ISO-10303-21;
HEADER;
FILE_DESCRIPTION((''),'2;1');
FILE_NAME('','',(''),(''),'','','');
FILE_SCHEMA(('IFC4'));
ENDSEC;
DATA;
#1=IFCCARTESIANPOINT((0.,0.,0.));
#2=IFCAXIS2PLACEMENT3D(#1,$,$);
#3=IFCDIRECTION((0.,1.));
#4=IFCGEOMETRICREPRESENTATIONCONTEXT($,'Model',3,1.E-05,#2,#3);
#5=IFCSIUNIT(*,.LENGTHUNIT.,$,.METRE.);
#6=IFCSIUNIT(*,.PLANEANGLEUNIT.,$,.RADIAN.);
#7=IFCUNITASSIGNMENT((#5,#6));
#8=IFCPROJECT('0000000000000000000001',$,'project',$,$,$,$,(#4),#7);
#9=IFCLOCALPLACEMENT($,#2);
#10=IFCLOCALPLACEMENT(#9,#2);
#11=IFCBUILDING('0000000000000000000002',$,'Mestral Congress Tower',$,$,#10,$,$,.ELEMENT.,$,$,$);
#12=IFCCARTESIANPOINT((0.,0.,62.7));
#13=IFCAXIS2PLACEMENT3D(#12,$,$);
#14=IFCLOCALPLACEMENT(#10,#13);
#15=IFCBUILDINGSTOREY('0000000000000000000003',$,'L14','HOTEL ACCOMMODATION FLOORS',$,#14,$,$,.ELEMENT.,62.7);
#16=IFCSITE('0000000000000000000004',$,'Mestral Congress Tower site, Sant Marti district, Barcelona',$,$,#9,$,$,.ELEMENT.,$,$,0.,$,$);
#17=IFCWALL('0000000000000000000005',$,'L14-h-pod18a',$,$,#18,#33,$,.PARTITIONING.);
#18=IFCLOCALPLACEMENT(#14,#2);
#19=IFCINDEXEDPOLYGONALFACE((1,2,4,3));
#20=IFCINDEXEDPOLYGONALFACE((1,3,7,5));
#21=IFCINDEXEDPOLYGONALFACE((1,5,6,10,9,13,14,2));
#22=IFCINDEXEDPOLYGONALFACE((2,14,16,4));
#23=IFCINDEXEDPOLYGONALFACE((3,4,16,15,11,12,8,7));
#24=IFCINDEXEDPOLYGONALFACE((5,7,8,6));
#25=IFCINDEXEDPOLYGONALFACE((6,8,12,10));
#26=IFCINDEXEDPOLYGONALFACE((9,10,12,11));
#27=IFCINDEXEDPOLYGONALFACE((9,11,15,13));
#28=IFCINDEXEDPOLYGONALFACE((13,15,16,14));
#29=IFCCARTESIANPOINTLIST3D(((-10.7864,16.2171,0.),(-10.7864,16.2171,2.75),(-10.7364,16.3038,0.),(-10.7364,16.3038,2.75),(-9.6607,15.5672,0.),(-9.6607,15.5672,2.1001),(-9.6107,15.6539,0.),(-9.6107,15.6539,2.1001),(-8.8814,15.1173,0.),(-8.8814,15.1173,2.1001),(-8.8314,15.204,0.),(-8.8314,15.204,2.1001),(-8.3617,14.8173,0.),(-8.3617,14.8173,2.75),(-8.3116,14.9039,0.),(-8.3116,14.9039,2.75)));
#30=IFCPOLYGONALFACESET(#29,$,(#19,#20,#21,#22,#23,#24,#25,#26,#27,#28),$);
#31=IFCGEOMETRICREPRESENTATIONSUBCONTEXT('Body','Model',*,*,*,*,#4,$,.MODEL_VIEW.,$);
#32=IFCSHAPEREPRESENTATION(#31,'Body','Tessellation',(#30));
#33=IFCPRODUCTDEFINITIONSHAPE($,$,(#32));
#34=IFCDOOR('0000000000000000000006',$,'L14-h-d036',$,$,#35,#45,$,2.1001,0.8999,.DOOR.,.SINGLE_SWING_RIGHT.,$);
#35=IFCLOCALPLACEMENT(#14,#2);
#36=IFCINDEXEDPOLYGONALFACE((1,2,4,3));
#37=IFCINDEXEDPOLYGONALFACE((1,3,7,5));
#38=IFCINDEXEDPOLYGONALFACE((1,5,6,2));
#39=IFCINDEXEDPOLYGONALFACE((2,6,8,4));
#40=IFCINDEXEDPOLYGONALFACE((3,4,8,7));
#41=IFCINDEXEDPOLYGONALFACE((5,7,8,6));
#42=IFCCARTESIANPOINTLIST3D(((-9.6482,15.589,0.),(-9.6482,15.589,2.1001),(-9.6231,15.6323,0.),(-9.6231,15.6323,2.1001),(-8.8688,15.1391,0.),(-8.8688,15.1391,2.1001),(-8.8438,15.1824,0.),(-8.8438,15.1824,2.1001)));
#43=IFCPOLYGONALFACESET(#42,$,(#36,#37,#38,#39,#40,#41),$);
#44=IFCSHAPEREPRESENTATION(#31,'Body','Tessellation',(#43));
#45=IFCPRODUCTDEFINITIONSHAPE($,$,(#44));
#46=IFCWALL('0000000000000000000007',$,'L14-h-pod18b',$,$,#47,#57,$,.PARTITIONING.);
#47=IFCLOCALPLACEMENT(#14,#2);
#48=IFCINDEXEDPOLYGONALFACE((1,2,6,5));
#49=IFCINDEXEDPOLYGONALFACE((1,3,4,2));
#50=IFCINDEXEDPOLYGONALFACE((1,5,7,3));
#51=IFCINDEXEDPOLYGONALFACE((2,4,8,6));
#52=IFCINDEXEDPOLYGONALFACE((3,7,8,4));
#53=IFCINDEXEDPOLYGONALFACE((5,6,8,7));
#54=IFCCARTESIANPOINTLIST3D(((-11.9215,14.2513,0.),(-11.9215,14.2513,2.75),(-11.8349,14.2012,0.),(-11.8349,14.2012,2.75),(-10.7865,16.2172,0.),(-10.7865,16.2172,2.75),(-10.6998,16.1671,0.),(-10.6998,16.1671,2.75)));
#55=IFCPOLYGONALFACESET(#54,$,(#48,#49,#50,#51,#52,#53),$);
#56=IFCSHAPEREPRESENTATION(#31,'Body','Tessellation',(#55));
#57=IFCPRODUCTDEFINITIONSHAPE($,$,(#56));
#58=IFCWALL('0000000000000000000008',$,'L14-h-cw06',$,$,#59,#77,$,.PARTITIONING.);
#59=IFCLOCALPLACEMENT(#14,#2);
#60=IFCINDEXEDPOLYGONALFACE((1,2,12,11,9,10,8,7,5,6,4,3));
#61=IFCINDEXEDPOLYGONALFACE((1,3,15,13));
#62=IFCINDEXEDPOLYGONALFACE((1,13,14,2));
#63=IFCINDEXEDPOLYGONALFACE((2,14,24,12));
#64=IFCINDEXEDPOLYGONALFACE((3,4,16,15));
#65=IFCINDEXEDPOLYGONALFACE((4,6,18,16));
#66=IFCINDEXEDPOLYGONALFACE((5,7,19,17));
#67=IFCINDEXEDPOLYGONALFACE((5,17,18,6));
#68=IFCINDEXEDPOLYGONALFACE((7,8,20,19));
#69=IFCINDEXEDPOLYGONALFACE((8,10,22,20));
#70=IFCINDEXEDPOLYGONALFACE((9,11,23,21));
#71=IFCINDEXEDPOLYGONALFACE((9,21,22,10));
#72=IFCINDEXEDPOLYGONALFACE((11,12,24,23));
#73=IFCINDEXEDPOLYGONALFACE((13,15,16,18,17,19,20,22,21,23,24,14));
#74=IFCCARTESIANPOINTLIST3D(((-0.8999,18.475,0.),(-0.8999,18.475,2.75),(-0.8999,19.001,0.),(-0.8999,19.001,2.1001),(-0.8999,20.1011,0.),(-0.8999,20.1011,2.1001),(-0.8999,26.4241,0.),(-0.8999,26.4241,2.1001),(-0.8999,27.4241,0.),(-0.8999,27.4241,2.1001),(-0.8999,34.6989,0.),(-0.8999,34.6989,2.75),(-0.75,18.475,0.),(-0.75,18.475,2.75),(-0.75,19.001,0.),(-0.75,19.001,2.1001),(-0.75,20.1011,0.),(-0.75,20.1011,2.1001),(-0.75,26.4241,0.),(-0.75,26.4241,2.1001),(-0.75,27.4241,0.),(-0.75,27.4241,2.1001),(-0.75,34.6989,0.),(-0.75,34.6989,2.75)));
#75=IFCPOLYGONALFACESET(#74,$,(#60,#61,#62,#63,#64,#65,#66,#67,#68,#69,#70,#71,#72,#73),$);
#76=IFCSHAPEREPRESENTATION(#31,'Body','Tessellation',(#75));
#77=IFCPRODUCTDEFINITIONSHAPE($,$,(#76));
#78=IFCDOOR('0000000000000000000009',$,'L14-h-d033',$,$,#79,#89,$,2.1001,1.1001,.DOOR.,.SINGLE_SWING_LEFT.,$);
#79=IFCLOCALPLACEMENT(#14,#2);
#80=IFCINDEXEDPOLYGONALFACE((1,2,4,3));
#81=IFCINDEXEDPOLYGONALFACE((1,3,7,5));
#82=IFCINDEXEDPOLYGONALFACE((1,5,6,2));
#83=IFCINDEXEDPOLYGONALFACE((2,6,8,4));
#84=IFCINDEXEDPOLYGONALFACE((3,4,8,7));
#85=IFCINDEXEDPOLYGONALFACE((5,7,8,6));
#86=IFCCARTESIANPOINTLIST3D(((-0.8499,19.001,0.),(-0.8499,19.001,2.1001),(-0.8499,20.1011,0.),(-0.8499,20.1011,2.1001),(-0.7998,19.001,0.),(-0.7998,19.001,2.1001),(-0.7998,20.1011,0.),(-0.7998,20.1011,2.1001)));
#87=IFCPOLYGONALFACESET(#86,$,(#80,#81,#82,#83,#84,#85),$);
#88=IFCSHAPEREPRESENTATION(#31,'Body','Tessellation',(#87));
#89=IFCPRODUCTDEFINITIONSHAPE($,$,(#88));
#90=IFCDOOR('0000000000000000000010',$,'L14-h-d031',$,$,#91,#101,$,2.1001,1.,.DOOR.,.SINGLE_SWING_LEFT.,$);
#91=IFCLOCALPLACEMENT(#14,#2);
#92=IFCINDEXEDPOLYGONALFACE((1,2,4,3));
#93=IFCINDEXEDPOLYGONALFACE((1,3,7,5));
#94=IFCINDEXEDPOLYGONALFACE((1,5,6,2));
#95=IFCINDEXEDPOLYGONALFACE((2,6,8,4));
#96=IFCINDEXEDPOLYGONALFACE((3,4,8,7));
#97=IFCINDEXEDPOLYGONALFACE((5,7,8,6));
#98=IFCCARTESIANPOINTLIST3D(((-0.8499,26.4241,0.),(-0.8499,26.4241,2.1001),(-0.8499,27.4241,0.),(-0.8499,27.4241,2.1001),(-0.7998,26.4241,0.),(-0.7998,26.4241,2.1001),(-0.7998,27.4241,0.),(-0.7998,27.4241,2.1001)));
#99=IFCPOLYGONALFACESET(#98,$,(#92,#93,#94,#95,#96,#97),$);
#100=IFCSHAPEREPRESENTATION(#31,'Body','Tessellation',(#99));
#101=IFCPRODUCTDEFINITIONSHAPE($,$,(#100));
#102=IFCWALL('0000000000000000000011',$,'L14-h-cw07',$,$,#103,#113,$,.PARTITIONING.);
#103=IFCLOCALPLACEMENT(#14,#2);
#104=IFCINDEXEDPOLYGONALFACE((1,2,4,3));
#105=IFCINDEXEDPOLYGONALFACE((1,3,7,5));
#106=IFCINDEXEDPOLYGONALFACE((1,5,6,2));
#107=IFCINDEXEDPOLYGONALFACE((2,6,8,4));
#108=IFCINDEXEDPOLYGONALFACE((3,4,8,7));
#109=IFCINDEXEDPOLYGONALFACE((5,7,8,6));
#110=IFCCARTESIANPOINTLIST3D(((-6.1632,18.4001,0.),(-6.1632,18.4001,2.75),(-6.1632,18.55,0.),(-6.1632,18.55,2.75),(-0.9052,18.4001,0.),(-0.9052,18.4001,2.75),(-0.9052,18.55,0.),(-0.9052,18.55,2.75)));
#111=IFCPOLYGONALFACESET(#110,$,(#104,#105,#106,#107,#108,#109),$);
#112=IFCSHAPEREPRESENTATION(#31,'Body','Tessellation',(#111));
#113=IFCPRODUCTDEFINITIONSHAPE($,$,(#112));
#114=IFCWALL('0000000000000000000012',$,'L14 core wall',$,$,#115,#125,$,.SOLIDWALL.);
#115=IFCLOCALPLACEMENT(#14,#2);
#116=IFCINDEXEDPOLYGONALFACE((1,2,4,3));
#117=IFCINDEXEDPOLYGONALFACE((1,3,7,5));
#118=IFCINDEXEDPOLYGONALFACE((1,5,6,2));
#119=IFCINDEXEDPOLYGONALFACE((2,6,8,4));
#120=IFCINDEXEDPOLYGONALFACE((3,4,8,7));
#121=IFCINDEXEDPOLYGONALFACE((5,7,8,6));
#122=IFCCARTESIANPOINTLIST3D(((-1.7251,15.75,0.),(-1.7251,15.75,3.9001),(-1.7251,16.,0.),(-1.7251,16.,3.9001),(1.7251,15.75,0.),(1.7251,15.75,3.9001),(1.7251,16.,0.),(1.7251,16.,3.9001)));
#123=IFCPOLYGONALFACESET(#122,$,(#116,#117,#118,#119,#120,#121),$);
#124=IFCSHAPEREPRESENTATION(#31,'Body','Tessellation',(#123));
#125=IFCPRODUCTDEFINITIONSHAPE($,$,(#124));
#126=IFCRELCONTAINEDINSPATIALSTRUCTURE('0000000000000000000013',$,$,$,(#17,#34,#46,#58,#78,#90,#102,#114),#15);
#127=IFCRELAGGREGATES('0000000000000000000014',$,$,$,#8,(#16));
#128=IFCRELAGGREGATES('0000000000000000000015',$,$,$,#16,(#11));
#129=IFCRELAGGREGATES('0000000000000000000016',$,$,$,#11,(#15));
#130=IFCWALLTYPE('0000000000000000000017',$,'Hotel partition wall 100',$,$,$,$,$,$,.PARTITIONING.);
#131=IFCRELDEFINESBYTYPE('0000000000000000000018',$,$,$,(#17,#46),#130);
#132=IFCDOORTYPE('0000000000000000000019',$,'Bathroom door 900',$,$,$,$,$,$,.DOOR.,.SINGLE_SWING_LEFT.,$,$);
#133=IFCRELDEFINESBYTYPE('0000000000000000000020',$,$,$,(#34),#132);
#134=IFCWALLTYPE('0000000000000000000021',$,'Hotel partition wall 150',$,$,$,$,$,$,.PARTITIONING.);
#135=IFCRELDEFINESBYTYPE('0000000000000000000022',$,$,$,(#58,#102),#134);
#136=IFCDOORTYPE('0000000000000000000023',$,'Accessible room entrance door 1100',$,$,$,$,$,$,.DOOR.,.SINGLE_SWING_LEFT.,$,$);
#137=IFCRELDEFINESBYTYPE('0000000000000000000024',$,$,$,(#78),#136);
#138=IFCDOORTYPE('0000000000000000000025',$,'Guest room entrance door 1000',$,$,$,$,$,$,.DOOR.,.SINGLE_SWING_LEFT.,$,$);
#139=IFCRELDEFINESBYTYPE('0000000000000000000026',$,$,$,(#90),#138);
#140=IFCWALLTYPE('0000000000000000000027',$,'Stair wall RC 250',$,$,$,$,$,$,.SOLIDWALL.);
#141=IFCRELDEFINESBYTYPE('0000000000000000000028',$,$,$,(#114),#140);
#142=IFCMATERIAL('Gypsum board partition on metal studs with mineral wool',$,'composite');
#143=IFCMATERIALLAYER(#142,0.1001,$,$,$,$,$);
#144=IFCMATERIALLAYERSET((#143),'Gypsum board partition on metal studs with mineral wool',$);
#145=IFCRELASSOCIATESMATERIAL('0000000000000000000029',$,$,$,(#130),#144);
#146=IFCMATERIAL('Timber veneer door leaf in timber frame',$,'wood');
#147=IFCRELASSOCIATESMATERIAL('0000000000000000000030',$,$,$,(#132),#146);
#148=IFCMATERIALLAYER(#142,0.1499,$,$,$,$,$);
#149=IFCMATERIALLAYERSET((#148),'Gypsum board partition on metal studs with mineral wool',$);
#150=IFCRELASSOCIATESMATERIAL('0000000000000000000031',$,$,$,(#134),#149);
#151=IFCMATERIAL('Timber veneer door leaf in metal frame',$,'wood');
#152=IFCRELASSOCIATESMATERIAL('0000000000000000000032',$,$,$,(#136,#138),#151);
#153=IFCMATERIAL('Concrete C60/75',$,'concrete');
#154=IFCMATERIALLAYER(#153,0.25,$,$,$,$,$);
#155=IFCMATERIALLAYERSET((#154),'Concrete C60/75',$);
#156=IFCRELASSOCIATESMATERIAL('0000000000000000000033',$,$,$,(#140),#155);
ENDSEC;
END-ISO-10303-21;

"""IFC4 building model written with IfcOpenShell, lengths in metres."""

from ifc_helpers import new_model, si_unit, direction, frame, frame_2d, origin, place, context, subcontext, project, spatial, rectangle, extrude, material, layer, layer_set, type_object, element, fill, save


model = new_model("IFC4")

# Units and contexts
model_context = context("Model", 3, precision=1e-05, world=origin(), true_north=direction((0.0, 1.0)))
body_context = subcontext(model_context, "Body", "Model", "MODEL_VIEW")
ifc_project = project(units=[si_unit("LENGTHUNIT", "METRE"), si_unit("PLANEANGLEUNIT", "RADIAN")], contexts=[model_context])

# Site, building, storey
site_placement = place(None, origin())
site = spatial("IfcSite", under=ifc_project, at=site_placement, Name="Mestral Congress Tower site, Sant Marti district, Barcelona", CompositionType="ELEMENT", RefElevation=0.0)
building_placement = place(site_placement, origin())
building = spatial("IfcBuilding", under=site, at=building_placement, Name="Mestral Congress Tower", CompositionType="ELEMENT")
storey_placement = place(building_placement, frame((0.0, 0.0, 62.7)))
storey = spatial("IfcBuildingStorey", under=building, at=storey_placement, Name="L14", Description="HOTEL ACCOMMODATION FLOORS", CompositionType="ELEMENT", Elevation=62.7)

# Shared definitions
ifc_material_1 = material(Name="Concrete C60/75", Category="concrete")

# Shared definitions
ifc_material_2 = material(Name="Gypsum board partition on metal studs with mineral wool", Category="composite")
ifc_layer_1 = layer(ifc_material_2, 0.1001)
ifc_layer_set_1 = layer_set([ifc_layer_1], Name="Gypsum board partition on metal studs with mineral wool")
wall_type_1 = type_object("IfcWallType", Name="Hotel partition wall 100", PredefinedType="PARTITIONING", material=ifc_layer_set_1)
ifc_material_3 = material(Name="Timber veneer door leaf in timber frame", Category="wood")

# Wall, opening, door
wall_1_placement = place(storey_placement, frame((-8.3367, 14.8606, 0.0), z_axis=(0.0, 0.0, 1.0), x_axis=(-0.866035, 0.499984, 0.0)))
wall_1 = element("IfcWall", 1, at=wall_1_placement, inside=storey, type_object=wall_type_1, Name="L14-h-pod18a", PredefinedType="PARTITIONING", context=body_context, shape_type="SweptSolid", body=[
    extrude(rectangle(XDim=2.7998, YDim=0.1001, at=frame_2d((1.3999, 0.0))), origin(), (0.0, 0.0, 1.0), 2.75),
])
opening_1_placement = place(wall_1_placement, frame((0.6001, 0.0, 0.0)))
opening_1 = element("IfcOpeningElement", 2, at=opening_1_placement, cuts=wall_1, PredefinedType="OPENING", context=body_context, shape_type="SweptSolid", body=[
    extrude(rectangle(XDim=0.8999, YDim=2.1001, at=frame_2d((0.45, 1.05))), frame((0.0, 0.0601, 0.0), z_axis=(0.0, -1.0, 0.0), x_axis=(1.0, 0.0, 0.0)), (0.0, 0.0, 1.0), 0.1201),
])
door_type_1 = type_object("IfcDoorType", Name="Bathroom door 900", OperationType="SINGLE_SWING_LEFT", PredefinedType="DOOR", material=ifc_material_3)
door_1_placement = place(opening_1_placement, origin())
door_1 = element("IfcDoor", 3, at=door_1_placement, inside=storey, type_object=door_type_1, Name="L14-h-d036", OperationType="SINGLE_SWING_RIGHT", OverallHeight=2.1001, OverallWidth=0.8999, PredefinedType="DOOR", context=body_context, shape_type="SweptSolid", body=[
    extrude(rectangle(XDim=0.8999, YDim=2.1001, at=frame_2d((0.45, 1.05))), frame((0.0, 0.0249, 0.0), z_axis=(0.0, -1.0, 0.0), x_axis=(1.0, 0.0, 0.0)), (0.0, 0.0, 1.0), 0.05),
])
fill(opening_1, door_1)

# Wall
wall_2_placement = place(storey_placement, frame((-10.7432, 16.1921, 0.0), z_axis=(0.0, 0.0, 1.0), x_axis=(-0.500014, -0.866017, 0.0)))
element("IfcWall", 4, at=wall_2_placement, inside=storey, type_object=wall_type_1, Name="L14-h-pod18b", PredefinedType="PARTITIONING", context=body_context, shape_type="SweptSolid", body=[
    extrude(rectangle(XDim=2.27, YDim=0.1001, at=frame_2d((1.135, 0.0))), origin(), (0.0, 0.0, 1.0), 2.75),
])

# Wall, openings, doors
ifc_layer_2 = layer(ifc_material_2, 0.1499)
ifc_layer_set_2 = layer_set([ifc_layer_2], Name="Gypsum board partition on metal studs with mineral wool")
wall_type_2 = type_object("IfcWallType", Name="Hotel partition wall 150", PredefinedType="PARTITIONING", material=ifc_layer_set_2)
wall_3_placement = place(storey_placement, frame((-0.825, 18.4751, 0.0), z_axis=(0.0, 0.0, 1.0), x_axis=(0.0, 1.0, 0.0)))
wall_3 = element("IfcWall", 5, at=wall_3_placement, inside=storey, type_object=wall_type_2, Name="L14-h-cw06", PredefinedType="PARTITIONING", context=body_context, shape_type="SweptSolid", body=[
    extrude(rectangle(XDim=16.2239, YDim=0.1499, at=frame_2d((8.1118, 0.0))), origin(), (0.0, 0.0, 1.0), 2.75),
])
opening_2_placement = place(wall_3_placement, frame((7.949, 0.0, 0.0)))
opening_2 = element("IfcOpeningElement", 6, at=opening_2_placement, cuts=wall_3, PredefinedType="OPENING", context=body_context, shape_type="SweptSolid", body=[
    extrude(rectangle(XDim=1.0, YDim=2.1001, at=frame_2d((0.5, 1.05))), frame((0.0, 0.085, 0.0), z_axis=(0.0, -1.0, 0.0), x_axis=(1.0, 0.0, 0.0)), (0.0, 0.0, 1.0), 0.1699),
])
opening_3_placement = place(wall_3_placement, frame((0.5259, 0.0, 0.0)))
opening_3 = element("IfcOpeningElement", 7, at=opening_3_placement, cuts=wall_3, PredefinedType="OPENING", context=body_context, shape_type="SweptSolid", body=[
    extrude(rectangle(XDim=1.1001, YDim=2.1001, at=frame_2d((0.55, 1.05))), frame((0.0, 0.085, 0.0), z_axis=(0.0, -1.0, 0.0), x_axis=(1.0, 0.0, 0.0)), (0.0, 0.0, 1.0), 0.1699),
])
ifc_material_4 = material(Name="Timber veneer door leaf in metal frame", Category="wood")
door_type_2 = type_object("IfcDoorType", Name="Accessible room entrance door 1100", OperationType="SINGLE_SWING_LEFT", PredefinedType="DOOR", material=ifc_material_4)
door_2_placement = place(opening_3_placement, origin())
door_2 = element("IfcDoor", 8, at=door_2_placement, inside=storey, type_object=door_type_2, Name="L14-h-d033", OperationType="SINGLE_SWING_LEFT", OverallHeight=2.1001, OverallWidth=1.1001, PredefinedType="DOOR", context=body_context, shape_type="SweptSolid", body=[
    extrude(rectangle(XDim=1.1001, YDim=2.1001, at=frame_2d((0.55, 1.05))), frame((0.0, 0.0249, 0.0), z_axis=(0.0, -1.0, 0.0), x_axis=(1.0, 0.0, 0.0)), (0.0, 0.0, 1.0), 0.05),
])
fill(opening_3, door_2)
door_type_3 = type_object("IfcDoorType", Name="Guest room entrance door 1000", OperationType="SINGLE_SWING_LEFT", PredefinedType="DOOR", material=ifc_material_4)
door_3_placement = place(opening_2_placement, origin())
door_3 = element("IfcDoor", 9, at=door_3_placement, inside=storey, type_object=door_type_3, Name="L14-h-d031", OperationType="SINGLE_SWING_LEFT", OverallHeight=2.1001, OverallWidth=1.0, PredefinedType="DOOR", context=body_context, shape_type="SweptSolid", body=[
    extrude(rectangle(XDim=1.0, YDim=2.1001, at=frame_2d((0.5, 1.05))), frame((0.0, 0.0249, 0.0), z_axis=(0.0, -1.0, 0.0), x_axis=(1.0, 0.0, 0.0)), (0.0, 0.0, 1.0), 0.05),
])
fill(opening_2, door_3)

# Walls
wall_4_placement = place(storey_placement, frame((-6.1631, 18.4751, 0.0), z_axis=(0.0, 0.0, 1.0), x_axis=(1.0, 0.0, 0.0)))
element("IfcWall", 10, at=wall_4_placement, inside=storey, type_object=wall_type_2, Name="L14-h-cw07", PredefinedType="PARTITIONING", context=body_context, shape_type="SweptSolid", body=[
    extrude(rectangle(XDim=5.2581, YDim=0.1499, at=frame_2d((2.6289, 0.0))), origin(), (0.0, 0.0, 1.0), 2.75),
])
ifc_layer_3 = layer(ifc_material_1, 0.25)
ifc_layer_set_3 = layer_set([ifc_layer_3], Name="Concrete C60/75")
wall_type_3 = type_object("IfcWallType", Name="Stair wall RC 250", PredefinedType="SOLIDWALL", material=ifc_layer_set_3)
wall_5_placement = place(storey_placement, frame((-1.7251, 15.875, 0.0), z_axis=(0.0, 0.0, 1.0), x_axis=(1.0, 0.0, 0.0)))
element("IfcWall", 11, at=wall_5_placement, inside=storey, type_object=wall_type_3, Name="L14 core wall", PredefinedType="SOLIDWALL", context=body_context, shape_type="SweptSolid", body=[
    extrude(rectangle(XDim=3.4502, YDim=0.25, at=frame_2d((1.7251, 0.0))), origin(), (0.0, 0.0, 1.0), 3.9001),
])

save(model, "model.ifc")
